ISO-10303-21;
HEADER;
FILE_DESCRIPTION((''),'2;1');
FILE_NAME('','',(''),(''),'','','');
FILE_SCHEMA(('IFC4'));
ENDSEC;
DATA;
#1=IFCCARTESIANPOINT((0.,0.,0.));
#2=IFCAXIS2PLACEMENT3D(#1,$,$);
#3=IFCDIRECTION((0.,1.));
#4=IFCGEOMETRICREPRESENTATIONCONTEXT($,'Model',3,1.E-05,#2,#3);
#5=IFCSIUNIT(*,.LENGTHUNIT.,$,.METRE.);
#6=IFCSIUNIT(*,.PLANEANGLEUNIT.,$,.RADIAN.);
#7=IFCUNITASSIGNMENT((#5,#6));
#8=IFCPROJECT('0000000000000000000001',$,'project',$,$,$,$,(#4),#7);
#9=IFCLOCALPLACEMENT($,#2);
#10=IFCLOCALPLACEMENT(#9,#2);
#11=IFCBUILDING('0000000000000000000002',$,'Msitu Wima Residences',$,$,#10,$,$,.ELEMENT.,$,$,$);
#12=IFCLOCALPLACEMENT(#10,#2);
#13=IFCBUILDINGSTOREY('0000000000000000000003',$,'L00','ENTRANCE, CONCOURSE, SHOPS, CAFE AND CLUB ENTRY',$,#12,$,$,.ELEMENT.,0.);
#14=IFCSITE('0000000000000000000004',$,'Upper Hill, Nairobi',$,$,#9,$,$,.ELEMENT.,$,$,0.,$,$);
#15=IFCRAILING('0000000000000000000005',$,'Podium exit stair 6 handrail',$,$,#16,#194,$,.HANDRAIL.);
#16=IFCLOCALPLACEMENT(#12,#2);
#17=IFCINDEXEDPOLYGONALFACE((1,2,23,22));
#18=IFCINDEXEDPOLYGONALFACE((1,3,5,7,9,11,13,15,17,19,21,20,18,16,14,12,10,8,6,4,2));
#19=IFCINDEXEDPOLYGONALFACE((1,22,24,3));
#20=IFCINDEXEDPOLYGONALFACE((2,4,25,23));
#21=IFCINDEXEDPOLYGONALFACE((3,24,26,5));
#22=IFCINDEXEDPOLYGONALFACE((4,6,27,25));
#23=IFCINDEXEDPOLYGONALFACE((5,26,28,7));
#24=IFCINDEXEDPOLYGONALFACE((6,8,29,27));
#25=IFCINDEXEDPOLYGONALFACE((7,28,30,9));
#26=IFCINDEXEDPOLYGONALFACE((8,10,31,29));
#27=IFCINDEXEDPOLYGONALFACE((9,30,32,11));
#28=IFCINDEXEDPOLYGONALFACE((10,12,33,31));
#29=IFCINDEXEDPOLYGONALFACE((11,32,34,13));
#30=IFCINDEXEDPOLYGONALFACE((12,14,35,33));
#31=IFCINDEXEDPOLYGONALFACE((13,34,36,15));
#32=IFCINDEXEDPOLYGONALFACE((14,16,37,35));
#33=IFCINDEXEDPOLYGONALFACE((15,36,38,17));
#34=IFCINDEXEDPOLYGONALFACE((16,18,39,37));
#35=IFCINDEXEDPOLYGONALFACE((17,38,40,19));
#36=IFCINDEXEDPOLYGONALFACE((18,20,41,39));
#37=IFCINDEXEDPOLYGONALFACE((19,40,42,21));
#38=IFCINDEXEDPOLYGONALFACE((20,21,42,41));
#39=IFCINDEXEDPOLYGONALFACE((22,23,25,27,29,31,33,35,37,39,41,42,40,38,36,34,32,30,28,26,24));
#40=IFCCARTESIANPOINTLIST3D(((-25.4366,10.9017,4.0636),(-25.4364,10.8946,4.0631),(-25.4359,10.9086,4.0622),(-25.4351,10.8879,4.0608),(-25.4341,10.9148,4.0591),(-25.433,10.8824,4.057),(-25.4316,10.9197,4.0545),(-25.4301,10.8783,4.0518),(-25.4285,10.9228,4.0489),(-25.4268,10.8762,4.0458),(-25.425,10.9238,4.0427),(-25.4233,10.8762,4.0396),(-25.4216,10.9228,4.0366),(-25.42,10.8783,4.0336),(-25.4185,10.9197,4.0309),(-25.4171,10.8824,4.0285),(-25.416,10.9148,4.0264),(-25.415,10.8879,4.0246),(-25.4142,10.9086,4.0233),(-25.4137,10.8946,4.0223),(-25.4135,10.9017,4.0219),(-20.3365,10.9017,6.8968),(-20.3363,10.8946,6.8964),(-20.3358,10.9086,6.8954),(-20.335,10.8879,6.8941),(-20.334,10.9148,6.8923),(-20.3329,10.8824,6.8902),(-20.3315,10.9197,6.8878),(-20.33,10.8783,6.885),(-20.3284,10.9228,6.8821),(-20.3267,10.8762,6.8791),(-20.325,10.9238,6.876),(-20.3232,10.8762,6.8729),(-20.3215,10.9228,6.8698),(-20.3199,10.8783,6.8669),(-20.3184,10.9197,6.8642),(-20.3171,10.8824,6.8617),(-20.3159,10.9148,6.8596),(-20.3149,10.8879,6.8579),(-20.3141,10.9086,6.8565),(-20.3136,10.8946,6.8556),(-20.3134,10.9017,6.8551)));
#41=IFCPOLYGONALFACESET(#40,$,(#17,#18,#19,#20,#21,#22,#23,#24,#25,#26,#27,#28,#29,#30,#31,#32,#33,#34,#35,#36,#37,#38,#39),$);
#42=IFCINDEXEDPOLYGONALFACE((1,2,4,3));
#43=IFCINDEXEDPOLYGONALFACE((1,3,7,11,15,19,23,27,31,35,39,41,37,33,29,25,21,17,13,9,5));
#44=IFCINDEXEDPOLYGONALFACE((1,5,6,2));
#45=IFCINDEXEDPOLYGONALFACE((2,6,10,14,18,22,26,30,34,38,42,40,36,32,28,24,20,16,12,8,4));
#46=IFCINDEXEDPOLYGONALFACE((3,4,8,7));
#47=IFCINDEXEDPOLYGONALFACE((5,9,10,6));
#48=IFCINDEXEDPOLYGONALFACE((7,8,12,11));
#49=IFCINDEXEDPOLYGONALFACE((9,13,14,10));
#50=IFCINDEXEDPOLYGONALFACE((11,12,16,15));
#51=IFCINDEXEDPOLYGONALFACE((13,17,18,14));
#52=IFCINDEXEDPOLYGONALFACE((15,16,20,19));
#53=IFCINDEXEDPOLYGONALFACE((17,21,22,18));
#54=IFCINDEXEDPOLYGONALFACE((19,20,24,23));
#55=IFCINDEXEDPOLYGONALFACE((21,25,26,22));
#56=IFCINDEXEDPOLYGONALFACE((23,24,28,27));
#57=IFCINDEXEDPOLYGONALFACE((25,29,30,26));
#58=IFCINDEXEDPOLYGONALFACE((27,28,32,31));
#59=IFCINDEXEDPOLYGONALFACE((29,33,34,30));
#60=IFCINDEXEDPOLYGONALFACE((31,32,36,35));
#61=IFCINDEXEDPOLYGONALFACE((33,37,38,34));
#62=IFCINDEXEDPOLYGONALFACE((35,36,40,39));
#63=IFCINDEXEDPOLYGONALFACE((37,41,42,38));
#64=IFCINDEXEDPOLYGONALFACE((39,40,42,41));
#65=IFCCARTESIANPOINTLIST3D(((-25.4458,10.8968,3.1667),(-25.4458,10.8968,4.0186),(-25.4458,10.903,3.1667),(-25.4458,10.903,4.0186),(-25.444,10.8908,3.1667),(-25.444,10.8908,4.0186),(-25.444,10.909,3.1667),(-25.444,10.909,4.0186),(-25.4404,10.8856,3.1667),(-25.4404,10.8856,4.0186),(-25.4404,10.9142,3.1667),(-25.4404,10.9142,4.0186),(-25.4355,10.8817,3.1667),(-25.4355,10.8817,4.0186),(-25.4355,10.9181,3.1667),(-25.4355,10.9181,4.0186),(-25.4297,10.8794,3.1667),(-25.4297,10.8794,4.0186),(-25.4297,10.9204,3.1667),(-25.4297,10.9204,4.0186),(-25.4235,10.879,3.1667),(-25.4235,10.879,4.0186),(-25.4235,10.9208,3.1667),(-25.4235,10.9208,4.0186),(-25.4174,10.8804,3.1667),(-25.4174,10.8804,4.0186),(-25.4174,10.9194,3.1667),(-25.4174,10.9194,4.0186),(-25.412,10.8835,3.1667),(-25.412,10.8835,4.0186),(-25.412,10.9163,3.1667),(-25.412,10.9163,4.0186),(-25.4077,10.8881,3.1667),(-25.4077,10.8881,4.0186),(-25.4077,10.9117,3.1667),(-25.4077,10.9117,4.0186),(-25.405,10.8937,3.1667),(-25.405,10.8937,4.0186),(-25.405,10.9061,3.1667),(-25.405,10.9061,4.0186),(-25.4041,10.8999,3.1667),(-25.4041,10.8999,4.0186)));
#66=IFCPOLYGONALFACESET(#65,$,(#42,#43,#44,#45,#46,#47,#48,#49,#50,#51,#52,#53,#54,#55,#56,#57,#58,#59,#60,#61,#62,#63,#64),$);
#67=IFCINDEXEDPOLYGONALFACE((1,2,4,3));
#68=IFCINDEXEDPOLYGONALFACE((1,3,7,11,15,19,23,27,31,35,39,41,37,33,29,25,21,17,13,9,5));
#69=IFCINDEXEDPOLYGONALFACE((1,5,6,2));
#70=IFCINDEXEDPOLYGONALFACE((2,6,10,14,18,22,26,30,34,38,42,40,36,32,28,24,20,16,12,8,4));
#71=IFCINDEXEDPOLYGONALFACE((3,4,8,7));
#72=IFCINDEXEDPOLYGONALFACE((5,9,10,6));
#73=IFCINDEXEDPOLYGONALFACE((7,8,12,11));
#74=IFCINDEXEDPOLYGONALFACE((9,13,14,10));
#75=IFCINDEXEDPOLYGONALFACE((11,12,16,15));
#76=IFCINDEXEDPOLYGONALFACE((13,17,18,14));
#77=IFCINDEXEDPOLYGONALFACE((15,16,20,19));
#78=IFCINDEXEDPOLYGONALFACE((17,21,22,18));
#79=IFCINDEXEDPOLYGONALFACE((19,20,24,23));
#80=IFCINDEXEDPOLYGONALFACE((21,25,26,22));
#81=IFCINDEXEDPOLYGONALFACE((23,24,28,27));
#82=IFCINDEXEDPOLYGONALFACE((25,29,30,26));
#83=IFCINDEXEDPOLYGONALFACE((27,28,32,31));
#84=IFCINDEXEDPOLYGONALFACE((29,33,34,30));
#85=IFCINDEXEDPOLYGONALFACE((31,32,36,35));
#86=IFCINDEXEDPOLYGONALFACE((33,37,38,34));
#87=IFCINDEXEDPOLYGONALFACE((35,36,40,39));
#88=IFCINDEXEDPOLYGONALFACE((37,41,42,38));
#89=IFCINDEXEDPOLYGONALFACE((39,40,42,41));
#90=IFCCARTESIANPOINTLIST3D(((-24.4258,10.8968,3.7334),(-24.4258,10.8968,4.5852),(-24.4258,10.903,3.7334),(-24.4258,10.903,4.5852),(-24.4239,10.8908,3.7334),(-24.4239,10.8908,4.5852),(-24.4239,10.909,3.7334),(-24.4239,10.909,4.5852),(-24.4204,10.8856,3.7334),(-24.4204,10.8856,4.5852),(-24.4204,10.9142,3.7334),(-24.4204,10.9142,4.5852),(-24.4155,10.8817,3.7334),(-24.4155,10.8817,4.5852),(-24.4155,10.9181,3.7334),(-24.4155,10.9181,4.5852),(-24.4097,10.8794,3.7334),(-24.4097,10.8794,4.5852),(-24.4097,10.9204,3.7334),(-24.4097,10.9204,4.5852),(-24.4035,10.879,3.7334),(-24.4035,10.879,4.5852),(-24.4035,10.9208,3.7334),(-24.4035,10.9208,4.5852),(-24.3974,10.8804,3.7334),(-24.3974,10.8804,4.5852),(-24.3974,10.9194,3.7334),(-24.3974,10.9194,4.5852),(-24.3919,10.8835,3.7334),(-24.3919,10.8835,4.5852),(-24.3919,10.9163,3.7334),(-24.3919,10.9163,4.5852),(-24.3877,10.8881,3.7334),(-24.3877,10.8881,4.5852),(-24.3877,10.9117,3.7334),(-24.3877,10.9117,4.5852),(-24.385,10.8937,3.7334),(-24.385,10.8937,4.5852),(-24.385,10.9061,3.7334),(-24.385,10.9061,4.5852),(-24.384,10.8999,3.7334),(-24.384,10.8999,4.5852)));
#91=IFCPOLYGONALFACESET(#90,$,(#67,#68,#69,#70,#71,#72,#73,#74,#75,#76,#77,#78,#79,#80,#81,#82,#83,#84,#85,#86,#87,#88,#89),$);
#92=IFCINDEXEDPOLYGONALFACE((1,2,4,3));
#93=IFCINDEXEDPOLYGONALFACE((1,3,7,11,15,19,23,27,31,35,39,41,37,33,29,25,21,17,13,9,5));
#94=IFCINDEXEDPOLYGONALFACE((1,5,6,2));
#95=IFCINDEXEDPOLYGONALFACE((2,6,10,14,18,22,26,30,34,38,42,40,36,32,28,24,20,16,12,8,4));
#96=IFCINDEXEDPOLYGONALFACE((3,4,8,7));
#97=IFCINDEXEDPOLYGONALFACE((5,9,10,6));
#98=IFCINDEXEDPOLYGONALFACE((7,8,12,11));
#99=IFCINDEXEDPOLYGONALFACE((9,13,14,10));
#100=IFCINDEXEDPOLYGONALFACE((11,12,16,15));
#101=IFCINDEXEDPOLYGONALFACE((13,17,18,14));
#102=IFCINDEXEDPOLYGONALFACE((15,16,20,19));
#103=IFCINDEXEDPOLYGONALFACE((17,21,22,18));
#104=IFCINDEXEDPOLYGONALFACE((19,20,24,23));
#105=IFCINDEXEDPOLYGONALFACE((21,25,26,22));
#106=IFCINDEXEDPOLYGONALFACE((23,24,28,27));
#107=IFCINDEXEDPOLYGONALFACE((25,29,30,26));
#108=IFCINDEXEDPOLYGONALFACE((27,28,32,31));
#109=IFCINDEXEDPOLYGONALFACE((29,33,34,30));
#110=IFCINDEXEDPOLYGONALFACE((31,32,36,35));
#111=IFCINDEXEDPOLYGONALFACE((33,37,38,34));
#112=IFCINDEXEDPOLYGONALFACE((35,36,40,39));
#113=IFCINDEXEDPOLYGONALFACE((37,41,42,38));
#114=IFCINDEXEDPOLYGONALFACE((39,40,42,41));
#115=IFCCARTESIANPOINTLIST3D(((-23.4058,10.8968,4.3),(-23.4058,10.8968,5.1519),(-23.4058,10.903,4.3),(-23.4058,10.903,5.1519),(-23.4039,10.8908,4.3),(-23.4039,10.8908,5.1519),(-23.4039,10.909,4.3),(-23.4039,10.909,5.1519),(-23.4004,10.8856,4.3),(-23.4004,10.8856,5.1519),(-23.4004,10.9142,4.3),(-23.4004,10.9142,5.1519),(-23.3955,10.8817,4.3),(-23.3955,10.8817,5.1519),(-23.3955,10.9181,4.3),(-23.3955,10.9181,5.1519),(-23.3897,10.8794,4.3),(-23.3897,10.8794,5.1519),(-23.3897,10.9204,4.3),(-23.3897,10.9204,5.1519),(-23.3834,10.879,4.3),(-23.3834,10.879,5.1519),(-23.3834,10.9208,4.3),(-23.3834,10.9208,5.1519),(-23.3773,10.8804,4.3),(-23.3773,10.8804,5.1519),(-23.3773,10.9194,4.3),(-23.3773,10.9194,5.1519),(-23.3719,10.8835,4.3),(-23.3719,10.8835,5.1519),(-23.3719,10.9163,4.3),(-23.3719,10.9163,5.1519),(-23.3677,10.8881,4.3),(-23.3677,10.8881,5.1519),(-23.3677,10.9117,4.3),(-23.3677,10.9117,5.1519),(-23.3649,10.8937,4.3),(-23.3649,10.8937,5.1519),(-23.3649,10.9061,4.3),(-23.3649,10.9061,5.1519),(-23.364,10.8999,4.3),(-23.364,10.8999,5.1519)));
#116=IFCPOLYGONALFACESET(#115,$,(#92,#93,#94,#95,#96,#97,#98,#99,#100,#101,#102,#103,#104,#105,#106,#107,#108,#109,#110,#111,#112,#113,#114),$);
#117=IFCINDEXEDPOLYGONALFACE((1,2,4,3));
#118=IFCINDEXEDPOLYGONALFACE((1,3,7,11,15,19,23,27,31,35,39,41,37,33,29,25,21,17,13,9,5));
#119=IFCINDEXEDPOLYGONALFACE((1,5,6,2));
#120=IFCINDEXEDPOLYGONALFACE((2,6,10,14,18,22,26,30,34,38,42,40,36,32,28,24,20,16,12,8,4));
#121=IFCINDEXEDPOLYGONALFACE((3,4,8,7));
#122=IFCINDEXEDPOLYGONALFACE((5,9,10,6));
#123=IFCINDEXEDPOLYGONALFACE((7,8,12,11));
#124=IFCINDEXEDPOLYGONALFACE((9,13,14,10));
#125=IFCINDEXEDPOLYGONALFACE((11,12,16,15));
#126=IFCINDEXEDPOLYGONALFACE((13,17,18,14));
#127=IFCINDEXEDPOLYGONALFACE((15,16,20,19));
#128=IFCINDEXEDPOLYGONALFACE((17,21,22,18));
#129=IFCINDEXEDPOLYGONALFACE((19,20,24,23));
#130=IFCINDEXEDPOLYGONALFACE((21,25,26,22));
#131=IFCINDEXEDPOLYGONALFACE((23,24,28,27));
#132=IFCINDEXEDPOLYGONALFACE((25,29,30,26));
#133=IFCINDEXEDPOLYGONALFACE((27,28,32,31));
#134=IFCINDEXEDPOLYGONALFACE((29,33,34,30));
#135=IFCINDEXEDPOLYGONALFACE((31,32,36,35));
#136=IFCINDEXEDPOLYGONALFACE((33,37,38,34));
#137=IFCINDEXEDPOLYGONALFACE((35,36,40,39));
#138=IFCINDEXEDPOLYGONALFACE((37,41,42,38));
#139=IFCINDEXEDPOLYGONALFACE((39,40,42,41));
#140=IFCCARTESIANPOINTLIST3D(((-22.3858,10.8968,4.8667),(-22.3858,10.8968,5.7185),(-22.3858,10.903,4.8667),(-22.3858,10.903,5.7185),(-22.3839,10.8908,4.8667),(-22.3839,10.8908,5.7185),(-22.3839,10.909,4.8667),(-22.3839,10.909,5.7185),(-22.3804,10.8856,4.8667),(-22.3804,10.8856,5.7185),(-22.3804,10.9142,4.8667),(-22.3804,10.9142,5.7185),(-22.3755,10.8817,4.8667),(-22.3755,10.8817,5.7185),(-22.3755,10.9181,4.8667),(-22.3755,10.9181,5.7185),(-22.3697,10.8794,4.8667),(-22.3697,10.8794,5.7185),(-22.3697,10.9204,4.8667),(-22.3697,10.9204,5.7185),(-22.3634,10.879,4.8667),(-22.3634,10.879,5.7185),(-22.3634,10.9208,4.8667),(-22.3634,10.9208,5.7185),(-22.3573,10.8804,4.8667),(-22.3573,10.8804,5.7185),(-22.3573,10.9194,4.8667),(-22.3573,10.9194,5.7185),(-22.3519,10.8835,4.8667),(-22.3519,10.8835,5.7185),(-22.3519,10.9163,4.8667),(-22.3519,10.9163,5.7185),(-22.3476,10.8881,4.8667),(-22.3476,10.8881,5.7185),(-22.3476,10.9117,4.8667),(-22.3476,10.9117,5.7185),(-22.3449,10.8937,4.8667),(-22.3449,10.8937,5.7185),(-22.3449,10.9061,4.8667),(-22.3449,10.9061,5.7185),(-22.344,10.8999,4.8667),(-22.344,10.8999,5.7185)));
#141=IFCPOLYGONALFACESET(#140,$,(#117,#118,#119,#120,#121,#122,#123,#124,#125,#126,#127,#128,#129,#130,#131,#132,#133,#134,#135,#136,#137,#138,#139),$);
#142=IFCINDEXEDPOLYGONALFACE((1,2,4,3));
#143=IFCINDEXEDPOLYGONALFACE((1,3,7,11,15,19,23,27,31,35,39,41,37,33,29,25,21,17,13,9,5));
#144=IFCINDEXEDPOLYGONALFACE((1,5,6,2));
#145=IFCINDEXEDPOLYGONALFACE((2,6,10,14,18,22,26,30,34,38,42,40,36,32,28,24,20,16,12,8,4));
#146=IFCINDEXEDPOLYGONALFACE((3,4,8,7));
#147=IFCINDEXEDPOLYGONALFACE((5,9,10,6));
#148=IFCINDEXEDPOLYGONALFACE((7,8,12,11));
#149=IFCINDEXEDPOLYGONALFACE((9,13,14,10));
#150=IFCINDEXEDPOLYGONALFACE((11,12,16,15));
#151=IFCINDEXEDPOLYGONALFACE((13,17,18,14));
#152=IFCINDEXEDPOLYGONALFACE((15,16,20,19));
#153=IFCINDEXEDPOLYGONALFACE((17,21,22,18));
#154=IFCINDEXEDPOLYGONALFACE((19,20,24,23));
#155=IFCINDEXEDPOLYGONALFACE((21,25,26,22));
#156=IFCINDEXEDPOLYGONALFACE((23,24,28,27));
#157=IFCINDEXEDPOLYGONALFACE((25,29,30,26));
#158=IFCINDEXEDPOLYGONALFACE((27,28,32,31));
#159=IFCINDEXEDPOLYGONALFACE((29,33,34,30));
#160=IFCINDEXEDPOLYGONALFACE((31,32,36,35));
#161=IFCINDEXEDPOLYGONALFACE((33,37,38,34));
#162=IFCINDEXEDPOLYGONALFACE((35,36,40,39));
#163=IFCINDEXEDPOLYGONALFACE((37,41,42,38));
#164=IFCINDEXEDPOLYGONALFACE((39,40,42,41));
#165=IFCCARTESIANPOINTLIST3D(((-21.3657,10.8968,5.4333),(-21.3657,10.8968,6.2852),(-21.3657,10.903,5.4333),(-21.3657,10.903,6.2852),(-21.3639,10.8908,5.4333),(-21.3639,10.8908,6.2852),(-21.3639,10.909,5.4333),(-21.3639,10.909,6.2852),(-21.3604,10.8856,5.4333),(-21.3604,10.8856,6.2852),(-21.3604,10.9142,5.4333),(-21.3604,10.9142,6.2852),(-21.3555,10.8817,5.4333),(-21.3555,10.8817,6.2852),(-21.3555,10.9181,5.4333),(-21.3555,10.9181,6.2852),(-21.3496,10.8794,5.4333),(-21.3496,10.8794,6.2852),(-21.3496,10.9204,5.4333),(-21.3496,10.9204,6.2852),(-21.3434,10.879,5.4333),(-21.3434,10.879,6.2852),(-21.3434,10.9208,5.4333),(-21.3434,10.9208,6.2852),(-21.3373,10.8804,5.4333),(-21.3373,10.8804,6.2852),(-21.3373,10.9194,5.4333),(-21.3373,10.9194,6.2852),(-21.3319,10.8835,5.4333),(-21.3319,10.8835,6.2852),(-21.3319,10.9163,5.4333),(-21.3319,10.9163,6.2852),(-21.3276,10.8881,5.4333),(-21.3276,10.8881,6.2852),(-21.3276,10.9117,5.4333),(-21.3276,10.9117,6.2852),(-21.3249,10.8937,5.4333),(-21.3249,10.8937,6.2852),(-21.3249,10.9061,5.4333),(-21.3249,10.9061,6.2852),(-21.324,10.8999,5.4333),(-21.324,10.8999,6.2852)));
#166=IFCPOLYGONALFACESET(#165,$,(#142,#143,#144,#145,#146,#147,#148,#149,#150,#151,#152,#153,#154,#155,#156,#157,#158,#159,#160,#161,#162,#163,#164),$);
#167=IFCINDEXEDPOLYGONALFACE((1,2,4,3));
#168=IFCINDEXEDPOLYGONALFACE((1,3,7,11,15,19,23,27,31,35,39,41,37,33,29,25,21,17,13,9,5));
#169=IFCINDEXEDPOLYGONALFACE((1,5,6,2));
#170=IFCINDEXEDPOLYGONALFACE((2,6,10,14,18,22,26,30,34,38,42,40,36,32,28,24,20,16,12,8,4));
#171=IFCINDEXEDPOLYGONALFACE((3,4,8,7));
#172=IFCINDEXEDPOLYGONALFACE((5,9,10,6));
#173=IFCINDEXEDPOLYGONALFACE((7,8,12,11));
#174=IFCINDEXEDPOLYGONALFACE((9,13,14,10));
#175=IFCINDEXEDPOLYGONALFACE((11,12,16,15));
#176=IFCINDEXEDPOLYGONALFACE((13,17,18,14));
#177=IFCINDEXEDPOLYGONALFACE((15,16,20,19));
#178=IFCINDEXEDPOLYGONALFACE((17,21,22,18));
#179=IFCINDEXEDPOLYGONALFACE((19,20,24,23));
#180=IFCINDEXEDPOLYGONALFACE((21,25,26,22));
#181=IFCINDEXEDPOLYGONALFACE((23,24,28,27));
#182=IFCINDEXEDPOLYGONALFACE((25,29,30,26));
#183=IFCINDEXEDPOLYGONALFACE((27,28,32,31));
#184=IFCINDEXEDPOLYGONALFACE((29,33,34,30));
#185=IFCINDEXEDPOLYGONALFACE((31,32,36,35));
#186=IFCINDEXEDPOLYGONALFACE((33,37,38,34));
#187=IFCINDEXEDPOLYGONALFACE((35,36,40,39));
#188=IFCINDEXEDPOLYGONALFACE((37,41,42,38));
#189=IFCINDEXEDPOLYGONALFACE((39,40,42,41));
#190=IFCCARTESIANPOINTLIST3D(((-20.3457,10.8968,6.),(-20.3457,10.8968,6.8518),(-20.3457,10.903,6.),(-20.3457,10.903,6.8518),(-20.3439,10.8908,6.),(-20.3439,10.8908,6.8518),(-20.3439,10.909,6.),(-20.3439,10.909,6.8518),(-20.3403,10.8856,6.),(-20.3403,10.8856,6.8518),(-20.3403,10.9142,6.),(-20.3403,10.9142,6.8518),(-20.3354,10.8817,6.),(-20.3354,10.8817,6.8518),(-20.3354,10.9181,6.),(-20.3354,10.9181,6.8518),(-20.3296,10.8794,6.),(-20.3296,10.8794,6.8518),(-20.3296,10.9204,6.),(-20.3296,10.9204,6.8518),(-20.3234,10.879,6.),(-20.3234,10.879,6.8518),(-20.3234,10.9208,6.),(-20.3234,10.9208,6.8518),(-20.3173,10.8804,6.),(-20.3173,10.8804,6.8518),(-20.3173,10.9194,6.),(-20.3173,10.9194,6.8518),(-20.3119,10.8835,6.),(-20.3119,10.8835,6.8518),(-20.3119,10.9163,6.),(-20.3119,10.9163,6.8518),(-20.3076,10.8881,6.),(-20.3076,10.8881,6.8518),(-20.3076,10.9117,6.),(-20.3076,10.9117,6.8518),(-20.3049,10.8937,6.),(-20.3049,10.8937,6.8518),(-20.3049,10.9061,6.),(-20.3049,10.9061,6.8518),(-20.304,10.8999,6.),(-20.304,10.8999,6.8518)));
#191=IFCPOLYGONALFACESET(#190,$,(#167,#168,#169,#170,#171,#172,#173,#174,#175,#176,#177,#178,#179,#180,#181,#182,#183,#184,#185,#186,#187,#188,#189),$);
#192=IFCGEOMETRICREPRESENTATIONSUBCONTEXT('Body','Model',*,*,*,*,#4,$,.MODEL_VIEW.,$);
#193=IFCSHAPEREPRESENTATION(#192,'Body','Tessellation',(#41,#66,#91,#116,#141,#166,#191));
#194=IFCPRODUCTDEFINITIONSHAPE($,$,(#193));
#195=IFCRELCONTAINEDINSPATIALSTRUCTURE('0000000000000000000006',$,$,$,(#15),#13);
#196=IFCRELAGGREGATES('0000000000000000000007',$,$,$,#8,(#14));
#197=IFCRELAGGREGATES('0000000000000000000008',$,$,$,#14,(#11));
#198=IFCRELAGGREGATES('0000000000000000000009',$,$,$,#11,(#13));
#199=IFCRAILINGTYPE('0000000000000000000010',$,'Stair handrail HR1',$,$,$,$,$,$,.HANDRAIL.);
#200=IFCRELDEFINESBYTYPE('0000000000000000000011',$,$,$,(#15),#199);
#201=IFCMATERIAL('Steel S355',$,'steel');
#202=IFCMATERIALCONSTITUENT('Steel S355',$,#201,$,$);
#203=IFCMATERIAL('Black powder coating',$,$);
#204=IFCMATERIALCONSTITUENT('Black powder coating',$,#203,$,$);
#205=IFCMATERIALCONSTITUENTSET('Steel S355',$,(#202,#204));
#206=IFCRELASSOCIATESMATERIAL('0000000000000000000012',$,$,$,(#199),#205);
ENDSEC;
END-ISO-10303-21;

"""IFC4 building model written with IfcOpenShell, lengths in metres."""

from ifc_helpers import new_model, si_unit, direction, frame, origin, origin_2d, place, context, subcontext, project, spatial, circle, extrude, material, constituent, constituent_set, type_object, element, save


model = new_model("IFC4")

# Units and contexts
model_context = context("Model", 3, precision=1e-05, world=origin(), true_north=direction((0.0, 1.0)))
body_context = subcontext(model_context, "Body", "Model", "MODEL_VIEW")
ifc_project = project(units=[si_unit("LENGTHUNIT", "METRE"), si_unit("PLANEANGLEUNIT", "RADIAN")], contexts=[model_context])

# Site, building, storey
site_placement = place(None, origin())
site = spatial("IfcSite", under=ifc_project, at=site_placement, Name="Upper Hill, Nairobi", CompositionType="ELEMENT", RefElevation=0.0)
building_placement = place(site_placement, origin())
building = spatial("IfcBuilding", under=site, at=building_placement, Name="Msitu Wima Residences", CompositionType="ELEMENT")
storey_placement = place(building_placement, origin())
storey = spatial("IfcBuildingStorey", under=building, at=storey_placement, Name="L00", Description="ENTRANCE, CONCOURSE, SHOPS, CAFE AND CLUB ENTRY", CompositionType="ELEMENT", Elevation=0.0)

# Railing
ifc_material_1 = material(Name="Steel S355", Category="steel")
ifc_constituent_1 = constituent(ifc_material_1, Name="Steel S355")
ifc_material_2 = material(Name="Black powder coating")
ifc_constituent_2 = constituent(ifc_material_2, Name="Black powder coating")
ifc_constituent_set = constituent_set(constituents=[ifc_constituent_1, ifc_constituent_2], Name="Steel S355")
railing_type = type_object("IfcRailingType", Name="Stair handrail HR1", PredefinedType="HANDRAIL", material=ifc_constituent_set)
railing_placement = place(storey_placement, frame((-25.425, 10.8999, 3.1667)))
element("IfcRailing", 1, at=railing_placement, inside=storey, type_object=railing_type, Name="Podium exit stair 6 handrail", PredefinedType="HANDRAIL", context=body_context, shape_type="SweptSolid", body=[
    extrude(circle(Radius=0.0239, at=origin_2d()), frame((0.0, 0.0, 0.876), z_axis=(0.874167, 0.0, 0.485625), x_axis=(0.0, 1.0, 0.0)), (0.0, 0.0, 1.0), 5.8342),
    extrude(circle(Radius=0.021, at=origin_2d()), origin(), (0.0, 0.0, 1.0), 0.8518),
    extrude(circle(Radius=0.021, at=origin_2d()), frame((1.02, 0.0, 0.5667)), (0.0, 0.0, 1.0), 0.8518),
    extrude(circle(Radius=0.021, at=origin_2d()), frame((2.04, 0.0, 1.1333)), (0.0, 0.0, 1.0), 0.8518),
    extrude(circle(Radius=0.021, at=origin_2d()), frame((3.0601, 0.0, 1.7)), (0.0, 0.0, 1.0), 0.8518),
    extrude(circle(Radius=0.021, at=origin_2d()), frame((4.0801, 0.0, 2.2666)), (0.0, 0.0, 1.0), 0.8518),
    extrude(circle(Radius=0.021, at=origin_2d()), frame((5.1001, 0.0, 2.8333)), (0.0, 0.0, 1.0), 0.8518),
])

save(model, "model.ifc")
